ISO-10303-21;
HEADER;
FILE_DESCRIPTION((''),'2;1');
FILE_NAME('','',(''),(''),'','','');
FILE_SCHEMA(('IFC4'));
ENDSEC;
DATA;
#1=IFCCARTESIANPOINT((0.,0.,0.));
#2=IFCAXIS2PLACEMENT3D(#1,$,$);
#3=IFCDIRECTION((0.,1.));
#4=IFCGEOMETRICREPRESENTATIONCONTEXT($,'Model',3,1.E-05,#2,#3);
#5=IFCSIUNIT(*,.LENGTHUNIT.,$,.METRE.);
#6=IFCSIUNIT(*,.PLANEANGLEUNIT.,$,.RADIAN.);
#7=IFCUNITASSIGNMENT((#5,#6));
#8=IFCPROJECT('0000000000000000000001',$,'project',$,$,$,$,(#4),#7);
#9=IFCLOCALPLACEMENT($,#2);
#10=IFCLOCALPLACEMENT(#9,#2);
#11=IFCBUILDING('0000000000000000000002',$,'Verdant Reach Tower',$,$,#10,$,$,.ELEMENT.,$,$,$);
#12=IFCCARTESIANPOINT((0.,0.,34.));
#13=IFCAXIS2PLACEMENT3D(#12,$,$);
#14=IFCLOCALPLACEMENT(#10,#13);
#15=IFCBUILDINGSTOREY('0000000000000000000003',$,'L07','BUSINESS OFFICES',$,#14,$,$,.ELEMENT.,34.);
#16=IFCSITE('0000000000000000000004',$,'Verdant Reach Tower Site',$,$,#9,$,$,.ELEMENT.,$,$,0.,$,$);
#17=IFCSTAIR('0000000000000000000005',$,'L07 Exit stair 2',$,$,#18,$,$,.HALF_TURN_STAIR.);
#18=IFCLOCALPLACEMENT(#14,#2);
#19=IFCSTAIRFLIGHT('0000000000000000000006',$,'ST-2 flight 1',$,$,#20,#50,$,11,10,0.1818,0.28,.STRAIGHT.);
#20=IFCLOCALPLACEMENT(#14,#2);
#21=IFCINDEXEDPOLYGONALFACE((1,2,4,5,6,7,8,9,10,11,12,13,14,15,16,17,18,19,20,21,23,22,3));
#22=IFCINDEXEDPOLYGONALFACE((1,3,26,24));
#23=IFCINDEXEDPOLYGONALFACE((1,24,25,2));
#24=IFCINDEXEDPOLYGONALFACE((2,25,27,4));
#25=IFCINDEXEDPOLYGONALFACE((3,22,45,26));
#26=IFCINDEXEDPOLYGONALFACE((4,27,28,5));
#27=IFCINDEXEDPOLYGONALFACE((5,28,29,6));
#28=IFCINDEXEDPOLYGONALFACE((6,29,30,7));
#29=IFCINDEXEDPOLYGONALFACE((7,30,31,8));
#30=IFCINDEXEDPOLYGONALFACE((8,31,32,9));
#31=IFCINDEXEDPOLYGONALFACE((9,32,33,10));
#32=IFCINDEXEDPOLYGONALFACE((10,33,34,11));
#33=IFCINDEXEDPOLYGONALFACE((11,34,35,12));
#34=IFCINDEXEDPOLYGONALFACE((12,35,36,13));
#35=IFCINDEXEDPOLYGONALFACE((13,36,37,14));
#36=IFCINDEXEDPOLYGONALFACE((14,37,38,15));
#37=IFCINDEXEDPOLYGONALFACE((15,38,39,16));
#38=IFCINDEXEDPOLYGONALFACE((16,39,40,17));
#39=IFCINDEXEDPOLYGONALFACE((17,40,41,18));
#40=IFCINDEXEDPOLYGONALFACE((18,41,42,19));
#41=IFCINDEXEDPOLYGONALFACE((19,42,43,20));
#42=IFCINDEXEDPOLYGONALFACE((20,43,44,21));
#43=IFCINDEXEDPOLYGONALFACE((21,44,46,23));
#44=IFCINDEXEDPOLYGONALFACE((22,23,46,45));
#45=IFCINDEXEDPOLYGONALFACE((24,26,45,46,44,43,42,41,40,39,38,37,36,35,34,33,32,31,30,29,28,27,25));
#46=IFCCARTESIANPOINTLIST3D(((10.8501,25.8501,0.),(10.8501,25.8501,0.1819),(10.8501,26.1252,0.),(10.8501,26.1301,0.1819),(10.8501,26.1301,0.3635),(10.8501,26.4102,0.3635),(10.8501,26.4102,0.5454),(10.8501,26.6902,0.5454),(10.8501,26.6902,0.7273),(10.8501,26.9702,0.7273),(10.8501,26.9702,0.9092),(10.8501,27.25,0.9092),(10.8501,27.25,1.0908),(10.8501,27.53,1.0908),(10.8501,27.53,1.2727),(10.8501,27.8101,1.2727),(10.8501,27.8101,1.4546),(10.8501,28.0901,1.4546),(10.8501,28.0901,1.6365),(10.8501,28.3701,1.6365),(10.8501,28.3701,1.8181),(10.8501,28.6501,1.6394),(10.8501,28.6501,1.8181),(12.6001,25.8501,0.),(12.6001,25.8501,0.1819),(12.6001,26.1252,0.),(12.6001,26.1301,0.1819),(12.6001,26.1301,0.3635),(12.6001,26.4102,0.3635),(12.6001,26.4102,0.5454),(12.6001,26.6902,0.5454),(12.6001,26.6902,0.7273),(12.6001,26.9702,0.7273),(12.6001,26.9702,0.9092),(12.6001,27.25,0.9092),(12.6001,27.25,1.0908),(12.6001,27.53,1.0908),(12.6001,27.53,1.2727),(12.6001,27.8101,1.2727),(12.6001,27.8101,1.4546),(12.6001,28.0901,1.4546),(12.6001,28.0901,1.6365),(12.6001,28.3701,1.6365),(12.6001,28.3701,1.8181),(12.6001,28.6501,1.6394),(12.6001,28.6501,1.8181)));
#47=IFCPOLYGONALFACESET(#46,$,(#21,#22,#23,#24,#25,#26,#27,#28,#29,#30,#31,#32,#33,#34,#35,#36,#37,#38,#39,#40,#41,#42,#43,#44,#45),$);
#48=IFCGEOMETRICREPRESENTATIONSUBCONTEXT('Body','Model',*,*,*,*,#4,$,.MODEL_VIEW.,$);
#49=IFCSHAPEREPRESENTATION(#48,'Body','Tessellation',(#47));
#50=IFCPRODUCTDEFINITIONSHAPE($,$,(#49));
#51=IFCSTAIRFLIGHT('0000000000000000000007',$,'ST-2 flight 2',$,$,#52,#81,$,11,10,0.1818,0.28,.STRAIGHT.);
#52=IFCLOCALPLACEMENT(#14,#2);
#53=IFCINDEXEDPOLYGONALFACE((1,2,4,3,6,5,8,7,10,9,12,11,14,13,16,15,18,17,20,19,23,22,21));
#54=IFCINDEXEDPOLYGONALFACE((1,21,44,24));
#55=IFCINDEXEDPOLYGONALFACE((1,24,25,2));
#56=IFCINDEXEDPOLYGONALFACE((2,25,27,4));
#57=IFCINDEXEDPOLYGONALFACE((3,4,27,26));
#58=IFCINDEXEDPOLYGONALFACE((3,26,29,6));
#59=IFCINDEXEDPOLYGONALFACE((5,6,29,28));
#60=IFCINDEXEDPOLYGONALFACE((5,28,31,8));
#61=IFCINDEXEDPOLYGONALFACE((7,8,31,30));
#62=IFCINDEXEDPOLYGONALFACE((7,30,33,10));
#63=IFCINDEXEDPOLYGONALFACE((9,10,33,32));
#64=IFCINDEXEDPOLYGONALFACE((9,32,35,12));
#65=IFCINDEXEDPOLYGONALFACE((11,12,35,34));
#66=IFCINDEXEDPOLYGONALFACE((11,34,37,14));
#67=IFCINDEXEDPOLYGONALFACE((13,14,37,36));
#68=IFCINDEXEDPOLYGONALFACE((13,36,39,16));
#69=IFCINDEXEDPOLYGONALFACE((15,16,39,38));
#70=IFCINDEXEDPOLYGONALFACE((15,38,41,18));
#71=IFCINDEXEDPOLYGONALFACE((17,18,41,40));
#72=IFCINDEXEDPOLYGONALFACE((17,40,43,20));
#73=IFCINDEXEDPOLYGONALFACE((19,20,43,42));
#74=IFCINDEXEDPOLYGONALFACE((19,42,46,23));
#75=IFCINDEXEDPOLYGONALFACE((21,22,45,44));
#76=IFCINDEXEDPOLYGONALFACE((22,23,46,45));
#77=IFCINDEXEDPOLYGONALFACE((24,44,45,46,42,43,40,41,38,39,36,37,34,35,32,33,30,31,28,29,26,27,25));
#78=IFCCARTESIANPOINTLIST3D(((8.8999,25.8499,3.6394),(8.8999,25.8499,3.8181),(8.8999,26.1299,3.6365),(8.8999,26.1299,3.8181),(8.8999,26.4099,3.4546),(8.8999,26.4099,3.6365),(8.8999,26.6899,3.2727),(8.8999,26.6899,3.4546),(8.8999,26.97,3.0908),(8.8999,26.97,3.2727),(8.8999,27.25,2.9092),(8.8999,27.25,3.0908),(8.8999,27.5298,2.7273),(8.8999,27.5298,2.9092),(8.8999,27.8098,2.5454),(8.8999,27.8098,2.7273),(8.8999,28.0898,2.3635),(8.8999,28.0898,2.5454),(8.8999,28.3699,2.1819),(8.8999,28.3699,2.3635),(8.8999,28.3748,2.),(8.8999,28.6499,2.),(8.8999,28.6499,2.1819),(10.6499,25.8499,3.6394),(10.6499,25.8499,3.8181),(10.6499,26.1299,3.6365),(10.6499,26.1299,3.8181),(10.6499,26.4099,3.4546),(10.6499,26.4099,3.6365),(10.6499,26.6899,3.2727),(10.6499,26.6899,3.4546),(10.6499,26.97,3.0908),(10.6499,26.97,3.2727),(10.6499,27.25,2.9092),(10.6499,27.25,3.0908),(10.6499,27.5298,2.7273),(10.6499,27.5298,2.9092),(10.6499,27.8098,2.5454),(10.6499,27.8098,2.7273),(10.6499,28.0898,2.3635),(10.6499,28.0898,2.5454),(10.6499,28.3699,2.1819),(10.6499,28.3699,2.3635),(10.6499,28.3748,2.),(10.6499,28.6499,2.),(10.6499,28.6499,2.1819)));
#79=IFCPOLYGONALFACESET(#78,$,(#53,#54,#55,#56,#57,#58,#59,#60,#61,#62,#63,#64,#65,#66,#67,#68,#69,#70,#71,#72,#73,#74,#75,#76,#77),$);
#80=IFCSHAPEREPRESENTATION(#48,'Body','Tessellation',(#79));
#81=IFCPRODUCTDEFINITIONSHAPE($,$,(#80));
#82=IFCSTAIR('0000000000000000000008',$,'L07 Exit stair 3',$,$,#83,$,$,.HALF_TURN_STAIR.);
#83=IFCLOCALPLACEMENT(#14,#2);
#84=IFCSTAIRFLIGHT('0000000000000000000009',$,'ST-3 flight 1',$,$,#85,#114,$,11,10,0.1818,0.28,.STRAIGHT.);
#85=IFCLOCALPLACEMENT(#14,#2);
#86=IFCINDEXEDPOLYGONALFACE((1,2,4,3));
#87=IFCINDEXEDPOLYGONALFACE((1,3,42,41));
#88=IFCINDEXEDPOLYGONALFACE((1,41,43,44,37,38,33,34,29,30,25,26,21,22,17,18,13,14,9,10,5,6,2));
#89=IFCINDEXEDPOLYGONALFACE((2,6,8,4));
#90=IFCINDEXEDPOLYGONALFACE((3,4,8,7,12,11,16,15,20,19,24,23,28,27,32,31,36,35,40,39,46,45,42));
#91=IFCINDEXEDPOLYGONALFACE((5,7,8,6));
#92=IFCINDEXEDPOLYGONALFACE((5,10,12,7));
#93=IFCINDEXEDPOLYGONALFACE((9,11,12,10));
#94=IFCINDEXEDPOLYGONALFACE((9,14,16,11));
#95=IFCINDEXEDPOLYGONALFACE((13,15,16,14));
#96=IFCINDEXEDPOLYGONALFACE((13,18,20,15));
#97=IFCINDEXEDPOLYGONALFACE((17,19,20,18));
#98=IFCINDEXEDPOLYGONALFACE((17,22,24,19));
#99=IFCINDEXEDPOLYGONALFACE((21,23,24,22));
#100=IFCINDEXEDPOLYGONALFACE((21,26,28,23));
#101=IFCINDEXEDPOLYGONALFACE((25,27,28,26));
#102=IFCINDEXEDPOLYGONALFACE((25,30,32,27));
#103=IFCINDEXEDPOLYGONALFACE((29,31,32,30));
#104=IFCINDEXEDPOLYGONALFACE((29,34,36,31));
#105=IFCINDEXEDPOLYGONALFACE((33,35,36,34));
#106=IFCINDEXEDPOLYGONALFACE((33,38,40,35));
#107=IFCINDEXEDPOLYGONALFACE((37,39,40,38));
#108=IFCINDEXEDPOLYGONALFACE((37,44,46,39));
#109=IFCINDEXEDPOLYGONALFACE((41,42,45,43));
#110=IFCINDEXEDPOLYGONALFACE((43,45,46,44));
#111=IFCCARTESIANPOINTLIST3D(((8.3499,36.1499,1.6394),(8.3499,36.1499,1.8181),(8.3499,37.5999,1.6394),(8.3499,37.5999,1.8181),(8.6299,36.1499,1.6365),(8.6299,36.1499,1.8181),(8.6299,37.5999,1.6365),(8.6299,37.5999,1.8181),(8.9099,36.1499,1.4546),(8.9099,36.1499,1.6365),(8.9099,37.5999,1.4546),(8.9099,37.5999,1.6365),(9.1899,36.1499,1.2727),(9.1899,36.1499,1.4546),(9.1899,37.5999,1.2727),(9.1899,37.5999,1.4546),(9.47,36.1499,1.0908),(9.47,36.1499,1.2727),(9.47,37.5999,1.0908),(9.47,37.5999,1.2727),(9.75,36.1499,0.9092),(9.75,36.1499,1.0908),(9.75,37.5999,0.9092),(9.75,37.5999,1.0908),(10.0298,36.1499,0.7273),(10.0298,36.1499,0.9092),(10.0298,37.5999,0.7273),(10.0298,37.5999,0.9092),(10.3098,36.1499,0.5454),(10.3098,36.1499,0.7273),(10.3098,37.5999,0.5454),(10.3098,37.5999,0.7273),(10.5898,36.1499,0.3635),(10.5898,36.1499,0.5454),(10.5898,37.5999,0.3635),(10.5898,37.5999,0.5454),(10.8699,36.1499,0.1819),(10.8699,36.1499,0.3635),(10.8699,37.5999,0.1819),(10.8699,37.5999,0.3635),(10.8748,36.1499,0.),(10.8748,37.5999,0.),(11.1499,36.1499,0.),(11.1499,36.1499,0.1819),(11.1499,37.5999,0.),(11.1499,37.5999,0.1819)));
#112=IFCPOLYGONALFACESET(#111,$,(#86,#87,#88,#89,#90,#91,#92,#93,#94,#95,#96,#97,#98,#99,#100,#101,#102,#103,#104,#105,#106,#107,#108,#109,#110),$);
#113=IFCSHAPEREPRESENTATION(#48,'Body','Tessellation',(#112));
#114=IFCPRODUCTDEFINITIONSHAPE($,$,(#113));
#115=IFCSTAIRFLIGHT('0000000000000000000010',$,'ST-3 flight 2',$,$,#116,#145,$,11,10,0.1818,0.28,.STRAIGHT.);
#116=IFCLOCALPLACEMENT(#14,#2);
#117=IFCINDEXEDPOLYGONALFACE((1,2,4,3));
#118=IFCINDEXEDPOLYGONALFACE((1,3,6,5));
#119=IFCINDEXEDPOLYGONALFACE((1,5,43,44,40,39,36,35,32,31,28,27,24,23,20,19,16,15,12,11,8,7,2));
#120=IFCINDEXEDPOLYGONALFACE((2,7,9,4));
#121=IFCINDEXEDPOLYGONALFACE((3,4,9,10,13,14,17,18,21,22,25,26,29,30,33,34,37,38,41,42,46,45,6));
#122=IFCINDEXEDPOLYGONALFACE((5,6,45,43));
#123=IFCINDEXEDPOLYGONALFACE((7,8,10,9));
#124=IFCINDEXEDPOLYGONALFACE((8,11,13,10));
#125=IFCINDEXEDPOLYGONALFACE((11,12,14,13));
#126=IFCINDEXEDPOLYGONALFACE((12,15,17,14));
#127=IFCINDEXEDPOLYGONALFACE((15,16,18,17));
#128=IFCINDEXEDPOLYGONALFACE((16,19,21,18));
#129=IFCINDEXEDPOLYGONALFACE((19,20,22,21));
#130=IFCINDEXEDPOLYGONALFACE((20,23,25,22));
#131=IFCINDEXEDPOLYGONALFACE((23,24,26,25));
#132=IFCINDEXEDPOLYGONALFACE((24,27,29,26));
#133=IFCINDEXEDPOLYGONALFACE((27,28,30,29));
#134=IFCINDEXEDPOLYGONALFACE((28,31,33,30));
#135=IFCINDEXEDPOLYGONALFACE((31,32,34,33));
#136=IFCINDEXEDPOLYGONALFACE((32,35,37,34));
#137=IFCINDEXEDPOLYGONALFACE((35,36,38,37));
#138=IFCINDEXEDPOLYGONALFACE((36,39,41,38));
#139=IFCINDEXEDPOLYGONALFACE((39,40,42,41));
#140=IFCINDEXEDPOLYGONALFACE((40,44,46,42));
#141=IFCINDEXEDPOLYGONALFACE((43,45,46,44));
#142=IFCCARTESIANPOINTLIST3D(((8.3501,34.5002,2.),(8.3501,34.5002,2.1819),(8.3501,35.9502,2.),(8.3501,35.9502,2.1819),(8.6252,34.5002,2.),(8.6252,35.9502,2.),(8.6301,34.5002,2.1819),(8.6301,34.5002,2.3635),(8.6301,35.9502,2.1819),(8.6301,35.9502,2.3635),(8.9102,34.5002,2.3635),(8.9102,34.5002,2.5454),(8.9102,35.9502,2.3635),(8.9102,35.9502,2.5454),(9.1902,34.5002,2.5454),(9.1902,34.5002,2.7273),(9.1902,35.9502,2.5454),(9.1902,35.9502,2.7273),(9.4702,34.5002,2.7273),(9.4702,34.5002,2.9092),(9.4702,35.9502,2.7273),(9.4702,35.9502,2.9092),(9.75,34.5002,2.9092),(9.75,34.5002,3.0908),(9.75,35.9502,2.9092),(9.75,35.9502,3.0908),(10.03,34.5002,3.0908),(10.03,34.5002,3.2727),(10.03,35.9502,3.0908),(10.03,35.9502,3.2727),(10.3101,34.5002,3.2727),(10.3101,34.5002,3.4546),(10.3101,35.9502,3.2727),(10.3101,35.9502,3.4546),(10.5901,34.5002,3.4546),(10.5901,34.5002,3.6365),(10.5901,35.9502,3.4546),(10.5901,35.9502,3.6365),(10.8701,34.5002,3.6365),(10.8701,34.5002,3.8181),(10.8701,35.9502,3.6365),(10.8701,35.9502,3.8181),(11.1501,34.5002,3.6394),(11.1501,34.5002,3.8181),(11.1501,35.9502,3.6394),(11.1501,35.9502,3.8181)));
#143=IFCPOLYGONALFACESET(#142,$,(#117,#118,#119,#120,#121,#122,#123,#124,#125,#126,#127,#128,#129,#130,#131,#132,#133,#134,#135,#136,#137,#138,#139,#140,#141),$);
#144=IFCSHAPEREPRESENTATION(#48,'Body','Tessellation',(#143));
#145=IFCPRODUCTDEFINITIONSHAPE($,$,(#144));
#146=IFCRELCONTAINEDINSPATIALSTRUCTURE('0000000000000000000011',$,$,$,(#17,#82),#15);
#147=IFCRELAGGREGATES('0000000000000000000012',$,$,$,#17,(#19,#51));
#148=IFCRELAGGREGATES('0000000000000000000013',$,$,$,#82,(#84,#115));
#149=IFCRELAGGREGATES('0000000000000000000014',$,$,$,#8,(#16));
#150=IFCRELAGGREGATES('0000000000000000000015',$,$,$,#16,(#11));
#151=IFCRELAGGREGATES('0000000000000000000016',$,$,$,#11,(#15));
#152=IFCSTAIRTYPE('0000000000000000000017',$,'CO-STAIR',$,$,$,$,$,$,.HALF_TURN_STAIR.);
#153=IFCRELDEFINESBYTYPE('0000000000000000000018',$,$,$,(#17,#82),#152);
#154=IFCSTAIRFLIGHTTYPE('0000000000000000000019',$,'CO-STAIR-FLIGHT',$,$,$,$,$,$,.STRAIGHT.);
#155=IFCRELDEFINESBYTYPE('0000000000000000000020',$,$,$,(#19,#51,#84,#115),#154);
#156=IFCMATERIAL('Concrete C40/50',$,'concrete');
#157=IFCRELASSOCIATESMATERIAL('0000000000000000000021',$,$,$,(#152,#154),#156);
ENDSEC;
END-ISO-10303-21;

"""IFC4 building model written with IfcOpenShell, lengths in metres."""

from ifc_helpers import new_model, si_unit, direction, frame, origin, place, context, subcontext, project, spatial, polyline, outline, extrude, material, type_object, element, aggregate, save


model = new_model("IFC4")

# Units and contexts
model_context = context("Model", 3, precision=1e-05, world=origin(), true_north=direction((0.0, 1.0)))
body_context = subcontext(model_context, "Body", "Model", "MODEL_VIEW")
ifc_project = project(units=[si_unit("LENGTHUNIT", "METRE"), si_unit("PLANEANGLEUNIT", "RADIAN")], contexts=[model_context])

# Site, building, storey
site_placement = place(None, origin())
site = spatial("IfcSite", under=ifc_project, at=site_placement, Name="Verdant Reach Tower Site", CompositionType="ELEMENT", RefElevation=0.0)
building_placement = place(site_placement, origin())
building = spatial("IfcBuilding", under=site, at=building_placement, Name="Verdant Reach Tower", CompositionType="ELEMENT")
storey_placement = place(building_placement, frame((0.0, 0.0, 34.0)))
storey = spatial("IfcBuildingStorey", under=building, at=storey_placement, Name="L07", Description="BUSINESS OFFICES", CompositionType="ELEMENT", Elevation=34.0)

# Shared definitions
ifc_material_1 = material(Name="Concrete C40/50", Category="concrete")

# Stairs, stair flights
stair_type = type_object("IfcStairType", Name="CO-STAIR", PredefinedType="HALF_TURN_STAIR", material=ifc_material_1)
stair_1_placement = place(storey_placement, origin())
stair_1 = element("IfcStair", 1, at=stair_1_placement, inside=storey, type_object=stair_type, Name="L07 Exit stair 2", PredefinedType="HALF_TURN_STAIR")
stair_flight_type = type_object("IfcStairFlightType", Name="CO-STAIR-FLIGHT", PredefinedType="STRAIGHT", material=ifc_material_1)
stair_flight_1_placement = place(storey_placement, frame((11.7251, 25.8501, 0.0), z_axis=(0.0, 0.0, 1.0), x_axis=(0.0, 1.0, 0.0)))
stair_flight_1 = element("IfcStairFlight", 2, at=stair_flight_1_placement, type_object=stair_flight_type, Name="ST-2 flight 1", NumberOfRisers=11, NumberOfTreads=10, PredefinedType="STRAIGHT", RiserHeight=0.1818, TreadLength=0.28, context=body_context, shape_type="SweptSolid", body=[
    extrude(outline(polyline([(0.0, 0.0), (0.0, 0.1819), (0.28, 0.1819), (0.28, 0.3635), (0.5601, 0.3635), (0.5601, 0.5454), (0.8401, 0.5454), (0.8401, 0.7273), (1.1201, 0.7273), (1.1201, 0.9092), (1.3999, 0.9092), (1.3999, 1.0908), (1.6799, 1.0908), (1.6799, 1.2727), (1.96, 1.2727), (1.96, 1.4546), (2.24, 1.4546), (2.24, 1.6365), (2.52, 1.6365), (2.52, 1.8181), (2.8, 1.8181), (2.8, 2.0), (2.8, 1.6394), (0.2751, 0.0), (0.0, 0.0)])), frame((0.0, 0.875, 0.0), z_axis=(0.0, -1.0, 0.0), x_axis=(1.0, 0.0, 0.0)), (0.0, 0.0, 1.0), 1.75),
])
stair_flight_2_placement = place(storey_placement, frame((9.7749, 28.6499, 2.0), z_axis=(0.0, 0.0, 1.0), x_axis=(0.0, -1.0, 0.0)))
stair_flight_2 = element("IfcStairFlight", 3, at=stair_flight_2_placement, type_object=stair_flight_type, Name="ST-2 flight 2", NumberOfRisers=11, NumberOfTreads=10, PredefinedType="STRAIGHT", RiserHeight=0.1818, TreadLength=0.28, context=body_context, shape_type="SweptSolid", body=[
    extrude(outline(polyline([(0.0, 0.0), (0.0, 0.1819), (0.28, 0.1819), (0.28, 0.3635), (0.5601, 0.3635), (0.5601, 0.5454), (0.8401, 0.5454), (0.8401, 0.7273), (1.1201, 0.7273), (1.1201, 0.9092), (1.3999, 0.9092), (1.3999, 1.0908), (1.6799, 1.0908), (1.6799, 1.2727), (1.96, 1.2727), (1.96, 1.4546), (2.24, 1.4546), (2.24, 1.6365), (2.52, 1.6365), (2.52, 1.8181), (2.8, 1.8181), (2.8, 2.0), (2.8, 1.6394), (0.2751, 0.0), (0.0, 0.0)])), frame((0.0, 0.875, 0.0), z_axis=(0.0, -1.0, 0.0), x_axis=(1.0, 0.0, 0.0)), (0.0, 0.0, 1.0), 1.75),
])
aggregate(stair_1, [stair_flight_1, stair_flight_2])
stair_2_placement = place(storey_placement, origin())
stair_2 = element("IfcStair", 4, at=stair_2_placement, inside=storey, type_object=stair_type, Name="L07 Exit stair 3", PredefinedType="HALF_TURN_STAIR")
stair_flight_3_placement = place(storey_placement, frame((11.1499, 36.875, 0.0), z_axis=(0.0, 0.0, 1.0), x_axis=(-1.0, 0.0, 0.0)))
stair_flight_3 = element("IfcStairFlight", 5, at=stair_flight_3_placement, type_object=stair_flight_type, Name="ST-3 flight 1", NumberOfRisers=11, NumberOfTreads=10, PredefinedType="STRAIGHT", RiserHeight=0.1818, TreadLength=0.28, context=body_context, shape_type="SweptSolid", body=[
    extrude(outline(polyline([(0.0, 0.0), (0.0, 0.1819), (0.28, 0.1819), (0.28, 0.3635), (0.5601, 0.3635), (0.5601, 0.5454), (0.8401, 0.5454), (0.8401, 0.7273), (1.1201, 0.7273), (1.1201, 0.9092), (1.3999, 0.9092), (1.3999, 1.0908), (1.6799, 1.0908), (1.6799, 1.2727), (1.96, 1.2727), (1.96, 1.4546), (2.24, 1.4546), (2.24, 1.6365), (2.52, 1.6365), (2.52, 1.8181), (2.8, 1.8181), (2.8, 2.0), (2.8, 1.6394), (0.2751, 0.0), (0.0, 0.0)])), frame((0.0, 0.7251, 0.0), z_axis=(0.0, -1.0, 0.0), x_axis=(1.0, 0.0, 0.0)), (0.0, 0.0, 1.0), 1.45),
])
stair_flight_4_placement = place(storey_placement, frame((8.3501, 35.2251, 2.0), z_axis=(0.0, 0.0, 1.0), x_axis=(1.0, 0.0, 0.0)))
stair_flight_4 = element("IfcStairFlight", 6, at=stair_flight_4_placement, type_object=stair_flight_type, Name="ST-3 flight 2", NumberOfRisers=11, NumberOfTreads=10, PredefinedType="STRAIGHT", RiserHeight=0.1818, TreadLength=0.28, context=body_context, shape_type="SweptSolid", body=[
    extrude(outline(polyline([(0.0, 0.0), (0.0, 0.1819), (0.28, 0.1819), (0.28, 0.3635), (0.5601, 0.3635), (0.5601, 0.5454), (0.8401, 0.5454), (0.8401, 0.7273), (1.1201, 0.7273), (1.1201, 0.9092), (1.3999, 0.9092), (1.3999, 1.0908), (1.6799, 1.0908), (1.6799, 1.2727), (1.96, 1.2727), (1.96, 1.4546), (2.24, 1.4546), (2.24, 1.6365), (2.52, 1.6365), (2.52, 1.8181), (2.8, 1.8181), (2.8, 2.0), (2.8, 1.6394), (0.2751, 0.0), (0.0, 0.0)])), frame((0.0, 0.7251, 0.0), z_axis=(0.0, -1.0, 0.0), x_axis=(1.0, 0.0, 0.0)), (0.0, 0.0, 1.0), 1.45),
])
aggregate(stair_2, [stair_flight_3, stair_flight_4])

save(model, "model.ifc")
